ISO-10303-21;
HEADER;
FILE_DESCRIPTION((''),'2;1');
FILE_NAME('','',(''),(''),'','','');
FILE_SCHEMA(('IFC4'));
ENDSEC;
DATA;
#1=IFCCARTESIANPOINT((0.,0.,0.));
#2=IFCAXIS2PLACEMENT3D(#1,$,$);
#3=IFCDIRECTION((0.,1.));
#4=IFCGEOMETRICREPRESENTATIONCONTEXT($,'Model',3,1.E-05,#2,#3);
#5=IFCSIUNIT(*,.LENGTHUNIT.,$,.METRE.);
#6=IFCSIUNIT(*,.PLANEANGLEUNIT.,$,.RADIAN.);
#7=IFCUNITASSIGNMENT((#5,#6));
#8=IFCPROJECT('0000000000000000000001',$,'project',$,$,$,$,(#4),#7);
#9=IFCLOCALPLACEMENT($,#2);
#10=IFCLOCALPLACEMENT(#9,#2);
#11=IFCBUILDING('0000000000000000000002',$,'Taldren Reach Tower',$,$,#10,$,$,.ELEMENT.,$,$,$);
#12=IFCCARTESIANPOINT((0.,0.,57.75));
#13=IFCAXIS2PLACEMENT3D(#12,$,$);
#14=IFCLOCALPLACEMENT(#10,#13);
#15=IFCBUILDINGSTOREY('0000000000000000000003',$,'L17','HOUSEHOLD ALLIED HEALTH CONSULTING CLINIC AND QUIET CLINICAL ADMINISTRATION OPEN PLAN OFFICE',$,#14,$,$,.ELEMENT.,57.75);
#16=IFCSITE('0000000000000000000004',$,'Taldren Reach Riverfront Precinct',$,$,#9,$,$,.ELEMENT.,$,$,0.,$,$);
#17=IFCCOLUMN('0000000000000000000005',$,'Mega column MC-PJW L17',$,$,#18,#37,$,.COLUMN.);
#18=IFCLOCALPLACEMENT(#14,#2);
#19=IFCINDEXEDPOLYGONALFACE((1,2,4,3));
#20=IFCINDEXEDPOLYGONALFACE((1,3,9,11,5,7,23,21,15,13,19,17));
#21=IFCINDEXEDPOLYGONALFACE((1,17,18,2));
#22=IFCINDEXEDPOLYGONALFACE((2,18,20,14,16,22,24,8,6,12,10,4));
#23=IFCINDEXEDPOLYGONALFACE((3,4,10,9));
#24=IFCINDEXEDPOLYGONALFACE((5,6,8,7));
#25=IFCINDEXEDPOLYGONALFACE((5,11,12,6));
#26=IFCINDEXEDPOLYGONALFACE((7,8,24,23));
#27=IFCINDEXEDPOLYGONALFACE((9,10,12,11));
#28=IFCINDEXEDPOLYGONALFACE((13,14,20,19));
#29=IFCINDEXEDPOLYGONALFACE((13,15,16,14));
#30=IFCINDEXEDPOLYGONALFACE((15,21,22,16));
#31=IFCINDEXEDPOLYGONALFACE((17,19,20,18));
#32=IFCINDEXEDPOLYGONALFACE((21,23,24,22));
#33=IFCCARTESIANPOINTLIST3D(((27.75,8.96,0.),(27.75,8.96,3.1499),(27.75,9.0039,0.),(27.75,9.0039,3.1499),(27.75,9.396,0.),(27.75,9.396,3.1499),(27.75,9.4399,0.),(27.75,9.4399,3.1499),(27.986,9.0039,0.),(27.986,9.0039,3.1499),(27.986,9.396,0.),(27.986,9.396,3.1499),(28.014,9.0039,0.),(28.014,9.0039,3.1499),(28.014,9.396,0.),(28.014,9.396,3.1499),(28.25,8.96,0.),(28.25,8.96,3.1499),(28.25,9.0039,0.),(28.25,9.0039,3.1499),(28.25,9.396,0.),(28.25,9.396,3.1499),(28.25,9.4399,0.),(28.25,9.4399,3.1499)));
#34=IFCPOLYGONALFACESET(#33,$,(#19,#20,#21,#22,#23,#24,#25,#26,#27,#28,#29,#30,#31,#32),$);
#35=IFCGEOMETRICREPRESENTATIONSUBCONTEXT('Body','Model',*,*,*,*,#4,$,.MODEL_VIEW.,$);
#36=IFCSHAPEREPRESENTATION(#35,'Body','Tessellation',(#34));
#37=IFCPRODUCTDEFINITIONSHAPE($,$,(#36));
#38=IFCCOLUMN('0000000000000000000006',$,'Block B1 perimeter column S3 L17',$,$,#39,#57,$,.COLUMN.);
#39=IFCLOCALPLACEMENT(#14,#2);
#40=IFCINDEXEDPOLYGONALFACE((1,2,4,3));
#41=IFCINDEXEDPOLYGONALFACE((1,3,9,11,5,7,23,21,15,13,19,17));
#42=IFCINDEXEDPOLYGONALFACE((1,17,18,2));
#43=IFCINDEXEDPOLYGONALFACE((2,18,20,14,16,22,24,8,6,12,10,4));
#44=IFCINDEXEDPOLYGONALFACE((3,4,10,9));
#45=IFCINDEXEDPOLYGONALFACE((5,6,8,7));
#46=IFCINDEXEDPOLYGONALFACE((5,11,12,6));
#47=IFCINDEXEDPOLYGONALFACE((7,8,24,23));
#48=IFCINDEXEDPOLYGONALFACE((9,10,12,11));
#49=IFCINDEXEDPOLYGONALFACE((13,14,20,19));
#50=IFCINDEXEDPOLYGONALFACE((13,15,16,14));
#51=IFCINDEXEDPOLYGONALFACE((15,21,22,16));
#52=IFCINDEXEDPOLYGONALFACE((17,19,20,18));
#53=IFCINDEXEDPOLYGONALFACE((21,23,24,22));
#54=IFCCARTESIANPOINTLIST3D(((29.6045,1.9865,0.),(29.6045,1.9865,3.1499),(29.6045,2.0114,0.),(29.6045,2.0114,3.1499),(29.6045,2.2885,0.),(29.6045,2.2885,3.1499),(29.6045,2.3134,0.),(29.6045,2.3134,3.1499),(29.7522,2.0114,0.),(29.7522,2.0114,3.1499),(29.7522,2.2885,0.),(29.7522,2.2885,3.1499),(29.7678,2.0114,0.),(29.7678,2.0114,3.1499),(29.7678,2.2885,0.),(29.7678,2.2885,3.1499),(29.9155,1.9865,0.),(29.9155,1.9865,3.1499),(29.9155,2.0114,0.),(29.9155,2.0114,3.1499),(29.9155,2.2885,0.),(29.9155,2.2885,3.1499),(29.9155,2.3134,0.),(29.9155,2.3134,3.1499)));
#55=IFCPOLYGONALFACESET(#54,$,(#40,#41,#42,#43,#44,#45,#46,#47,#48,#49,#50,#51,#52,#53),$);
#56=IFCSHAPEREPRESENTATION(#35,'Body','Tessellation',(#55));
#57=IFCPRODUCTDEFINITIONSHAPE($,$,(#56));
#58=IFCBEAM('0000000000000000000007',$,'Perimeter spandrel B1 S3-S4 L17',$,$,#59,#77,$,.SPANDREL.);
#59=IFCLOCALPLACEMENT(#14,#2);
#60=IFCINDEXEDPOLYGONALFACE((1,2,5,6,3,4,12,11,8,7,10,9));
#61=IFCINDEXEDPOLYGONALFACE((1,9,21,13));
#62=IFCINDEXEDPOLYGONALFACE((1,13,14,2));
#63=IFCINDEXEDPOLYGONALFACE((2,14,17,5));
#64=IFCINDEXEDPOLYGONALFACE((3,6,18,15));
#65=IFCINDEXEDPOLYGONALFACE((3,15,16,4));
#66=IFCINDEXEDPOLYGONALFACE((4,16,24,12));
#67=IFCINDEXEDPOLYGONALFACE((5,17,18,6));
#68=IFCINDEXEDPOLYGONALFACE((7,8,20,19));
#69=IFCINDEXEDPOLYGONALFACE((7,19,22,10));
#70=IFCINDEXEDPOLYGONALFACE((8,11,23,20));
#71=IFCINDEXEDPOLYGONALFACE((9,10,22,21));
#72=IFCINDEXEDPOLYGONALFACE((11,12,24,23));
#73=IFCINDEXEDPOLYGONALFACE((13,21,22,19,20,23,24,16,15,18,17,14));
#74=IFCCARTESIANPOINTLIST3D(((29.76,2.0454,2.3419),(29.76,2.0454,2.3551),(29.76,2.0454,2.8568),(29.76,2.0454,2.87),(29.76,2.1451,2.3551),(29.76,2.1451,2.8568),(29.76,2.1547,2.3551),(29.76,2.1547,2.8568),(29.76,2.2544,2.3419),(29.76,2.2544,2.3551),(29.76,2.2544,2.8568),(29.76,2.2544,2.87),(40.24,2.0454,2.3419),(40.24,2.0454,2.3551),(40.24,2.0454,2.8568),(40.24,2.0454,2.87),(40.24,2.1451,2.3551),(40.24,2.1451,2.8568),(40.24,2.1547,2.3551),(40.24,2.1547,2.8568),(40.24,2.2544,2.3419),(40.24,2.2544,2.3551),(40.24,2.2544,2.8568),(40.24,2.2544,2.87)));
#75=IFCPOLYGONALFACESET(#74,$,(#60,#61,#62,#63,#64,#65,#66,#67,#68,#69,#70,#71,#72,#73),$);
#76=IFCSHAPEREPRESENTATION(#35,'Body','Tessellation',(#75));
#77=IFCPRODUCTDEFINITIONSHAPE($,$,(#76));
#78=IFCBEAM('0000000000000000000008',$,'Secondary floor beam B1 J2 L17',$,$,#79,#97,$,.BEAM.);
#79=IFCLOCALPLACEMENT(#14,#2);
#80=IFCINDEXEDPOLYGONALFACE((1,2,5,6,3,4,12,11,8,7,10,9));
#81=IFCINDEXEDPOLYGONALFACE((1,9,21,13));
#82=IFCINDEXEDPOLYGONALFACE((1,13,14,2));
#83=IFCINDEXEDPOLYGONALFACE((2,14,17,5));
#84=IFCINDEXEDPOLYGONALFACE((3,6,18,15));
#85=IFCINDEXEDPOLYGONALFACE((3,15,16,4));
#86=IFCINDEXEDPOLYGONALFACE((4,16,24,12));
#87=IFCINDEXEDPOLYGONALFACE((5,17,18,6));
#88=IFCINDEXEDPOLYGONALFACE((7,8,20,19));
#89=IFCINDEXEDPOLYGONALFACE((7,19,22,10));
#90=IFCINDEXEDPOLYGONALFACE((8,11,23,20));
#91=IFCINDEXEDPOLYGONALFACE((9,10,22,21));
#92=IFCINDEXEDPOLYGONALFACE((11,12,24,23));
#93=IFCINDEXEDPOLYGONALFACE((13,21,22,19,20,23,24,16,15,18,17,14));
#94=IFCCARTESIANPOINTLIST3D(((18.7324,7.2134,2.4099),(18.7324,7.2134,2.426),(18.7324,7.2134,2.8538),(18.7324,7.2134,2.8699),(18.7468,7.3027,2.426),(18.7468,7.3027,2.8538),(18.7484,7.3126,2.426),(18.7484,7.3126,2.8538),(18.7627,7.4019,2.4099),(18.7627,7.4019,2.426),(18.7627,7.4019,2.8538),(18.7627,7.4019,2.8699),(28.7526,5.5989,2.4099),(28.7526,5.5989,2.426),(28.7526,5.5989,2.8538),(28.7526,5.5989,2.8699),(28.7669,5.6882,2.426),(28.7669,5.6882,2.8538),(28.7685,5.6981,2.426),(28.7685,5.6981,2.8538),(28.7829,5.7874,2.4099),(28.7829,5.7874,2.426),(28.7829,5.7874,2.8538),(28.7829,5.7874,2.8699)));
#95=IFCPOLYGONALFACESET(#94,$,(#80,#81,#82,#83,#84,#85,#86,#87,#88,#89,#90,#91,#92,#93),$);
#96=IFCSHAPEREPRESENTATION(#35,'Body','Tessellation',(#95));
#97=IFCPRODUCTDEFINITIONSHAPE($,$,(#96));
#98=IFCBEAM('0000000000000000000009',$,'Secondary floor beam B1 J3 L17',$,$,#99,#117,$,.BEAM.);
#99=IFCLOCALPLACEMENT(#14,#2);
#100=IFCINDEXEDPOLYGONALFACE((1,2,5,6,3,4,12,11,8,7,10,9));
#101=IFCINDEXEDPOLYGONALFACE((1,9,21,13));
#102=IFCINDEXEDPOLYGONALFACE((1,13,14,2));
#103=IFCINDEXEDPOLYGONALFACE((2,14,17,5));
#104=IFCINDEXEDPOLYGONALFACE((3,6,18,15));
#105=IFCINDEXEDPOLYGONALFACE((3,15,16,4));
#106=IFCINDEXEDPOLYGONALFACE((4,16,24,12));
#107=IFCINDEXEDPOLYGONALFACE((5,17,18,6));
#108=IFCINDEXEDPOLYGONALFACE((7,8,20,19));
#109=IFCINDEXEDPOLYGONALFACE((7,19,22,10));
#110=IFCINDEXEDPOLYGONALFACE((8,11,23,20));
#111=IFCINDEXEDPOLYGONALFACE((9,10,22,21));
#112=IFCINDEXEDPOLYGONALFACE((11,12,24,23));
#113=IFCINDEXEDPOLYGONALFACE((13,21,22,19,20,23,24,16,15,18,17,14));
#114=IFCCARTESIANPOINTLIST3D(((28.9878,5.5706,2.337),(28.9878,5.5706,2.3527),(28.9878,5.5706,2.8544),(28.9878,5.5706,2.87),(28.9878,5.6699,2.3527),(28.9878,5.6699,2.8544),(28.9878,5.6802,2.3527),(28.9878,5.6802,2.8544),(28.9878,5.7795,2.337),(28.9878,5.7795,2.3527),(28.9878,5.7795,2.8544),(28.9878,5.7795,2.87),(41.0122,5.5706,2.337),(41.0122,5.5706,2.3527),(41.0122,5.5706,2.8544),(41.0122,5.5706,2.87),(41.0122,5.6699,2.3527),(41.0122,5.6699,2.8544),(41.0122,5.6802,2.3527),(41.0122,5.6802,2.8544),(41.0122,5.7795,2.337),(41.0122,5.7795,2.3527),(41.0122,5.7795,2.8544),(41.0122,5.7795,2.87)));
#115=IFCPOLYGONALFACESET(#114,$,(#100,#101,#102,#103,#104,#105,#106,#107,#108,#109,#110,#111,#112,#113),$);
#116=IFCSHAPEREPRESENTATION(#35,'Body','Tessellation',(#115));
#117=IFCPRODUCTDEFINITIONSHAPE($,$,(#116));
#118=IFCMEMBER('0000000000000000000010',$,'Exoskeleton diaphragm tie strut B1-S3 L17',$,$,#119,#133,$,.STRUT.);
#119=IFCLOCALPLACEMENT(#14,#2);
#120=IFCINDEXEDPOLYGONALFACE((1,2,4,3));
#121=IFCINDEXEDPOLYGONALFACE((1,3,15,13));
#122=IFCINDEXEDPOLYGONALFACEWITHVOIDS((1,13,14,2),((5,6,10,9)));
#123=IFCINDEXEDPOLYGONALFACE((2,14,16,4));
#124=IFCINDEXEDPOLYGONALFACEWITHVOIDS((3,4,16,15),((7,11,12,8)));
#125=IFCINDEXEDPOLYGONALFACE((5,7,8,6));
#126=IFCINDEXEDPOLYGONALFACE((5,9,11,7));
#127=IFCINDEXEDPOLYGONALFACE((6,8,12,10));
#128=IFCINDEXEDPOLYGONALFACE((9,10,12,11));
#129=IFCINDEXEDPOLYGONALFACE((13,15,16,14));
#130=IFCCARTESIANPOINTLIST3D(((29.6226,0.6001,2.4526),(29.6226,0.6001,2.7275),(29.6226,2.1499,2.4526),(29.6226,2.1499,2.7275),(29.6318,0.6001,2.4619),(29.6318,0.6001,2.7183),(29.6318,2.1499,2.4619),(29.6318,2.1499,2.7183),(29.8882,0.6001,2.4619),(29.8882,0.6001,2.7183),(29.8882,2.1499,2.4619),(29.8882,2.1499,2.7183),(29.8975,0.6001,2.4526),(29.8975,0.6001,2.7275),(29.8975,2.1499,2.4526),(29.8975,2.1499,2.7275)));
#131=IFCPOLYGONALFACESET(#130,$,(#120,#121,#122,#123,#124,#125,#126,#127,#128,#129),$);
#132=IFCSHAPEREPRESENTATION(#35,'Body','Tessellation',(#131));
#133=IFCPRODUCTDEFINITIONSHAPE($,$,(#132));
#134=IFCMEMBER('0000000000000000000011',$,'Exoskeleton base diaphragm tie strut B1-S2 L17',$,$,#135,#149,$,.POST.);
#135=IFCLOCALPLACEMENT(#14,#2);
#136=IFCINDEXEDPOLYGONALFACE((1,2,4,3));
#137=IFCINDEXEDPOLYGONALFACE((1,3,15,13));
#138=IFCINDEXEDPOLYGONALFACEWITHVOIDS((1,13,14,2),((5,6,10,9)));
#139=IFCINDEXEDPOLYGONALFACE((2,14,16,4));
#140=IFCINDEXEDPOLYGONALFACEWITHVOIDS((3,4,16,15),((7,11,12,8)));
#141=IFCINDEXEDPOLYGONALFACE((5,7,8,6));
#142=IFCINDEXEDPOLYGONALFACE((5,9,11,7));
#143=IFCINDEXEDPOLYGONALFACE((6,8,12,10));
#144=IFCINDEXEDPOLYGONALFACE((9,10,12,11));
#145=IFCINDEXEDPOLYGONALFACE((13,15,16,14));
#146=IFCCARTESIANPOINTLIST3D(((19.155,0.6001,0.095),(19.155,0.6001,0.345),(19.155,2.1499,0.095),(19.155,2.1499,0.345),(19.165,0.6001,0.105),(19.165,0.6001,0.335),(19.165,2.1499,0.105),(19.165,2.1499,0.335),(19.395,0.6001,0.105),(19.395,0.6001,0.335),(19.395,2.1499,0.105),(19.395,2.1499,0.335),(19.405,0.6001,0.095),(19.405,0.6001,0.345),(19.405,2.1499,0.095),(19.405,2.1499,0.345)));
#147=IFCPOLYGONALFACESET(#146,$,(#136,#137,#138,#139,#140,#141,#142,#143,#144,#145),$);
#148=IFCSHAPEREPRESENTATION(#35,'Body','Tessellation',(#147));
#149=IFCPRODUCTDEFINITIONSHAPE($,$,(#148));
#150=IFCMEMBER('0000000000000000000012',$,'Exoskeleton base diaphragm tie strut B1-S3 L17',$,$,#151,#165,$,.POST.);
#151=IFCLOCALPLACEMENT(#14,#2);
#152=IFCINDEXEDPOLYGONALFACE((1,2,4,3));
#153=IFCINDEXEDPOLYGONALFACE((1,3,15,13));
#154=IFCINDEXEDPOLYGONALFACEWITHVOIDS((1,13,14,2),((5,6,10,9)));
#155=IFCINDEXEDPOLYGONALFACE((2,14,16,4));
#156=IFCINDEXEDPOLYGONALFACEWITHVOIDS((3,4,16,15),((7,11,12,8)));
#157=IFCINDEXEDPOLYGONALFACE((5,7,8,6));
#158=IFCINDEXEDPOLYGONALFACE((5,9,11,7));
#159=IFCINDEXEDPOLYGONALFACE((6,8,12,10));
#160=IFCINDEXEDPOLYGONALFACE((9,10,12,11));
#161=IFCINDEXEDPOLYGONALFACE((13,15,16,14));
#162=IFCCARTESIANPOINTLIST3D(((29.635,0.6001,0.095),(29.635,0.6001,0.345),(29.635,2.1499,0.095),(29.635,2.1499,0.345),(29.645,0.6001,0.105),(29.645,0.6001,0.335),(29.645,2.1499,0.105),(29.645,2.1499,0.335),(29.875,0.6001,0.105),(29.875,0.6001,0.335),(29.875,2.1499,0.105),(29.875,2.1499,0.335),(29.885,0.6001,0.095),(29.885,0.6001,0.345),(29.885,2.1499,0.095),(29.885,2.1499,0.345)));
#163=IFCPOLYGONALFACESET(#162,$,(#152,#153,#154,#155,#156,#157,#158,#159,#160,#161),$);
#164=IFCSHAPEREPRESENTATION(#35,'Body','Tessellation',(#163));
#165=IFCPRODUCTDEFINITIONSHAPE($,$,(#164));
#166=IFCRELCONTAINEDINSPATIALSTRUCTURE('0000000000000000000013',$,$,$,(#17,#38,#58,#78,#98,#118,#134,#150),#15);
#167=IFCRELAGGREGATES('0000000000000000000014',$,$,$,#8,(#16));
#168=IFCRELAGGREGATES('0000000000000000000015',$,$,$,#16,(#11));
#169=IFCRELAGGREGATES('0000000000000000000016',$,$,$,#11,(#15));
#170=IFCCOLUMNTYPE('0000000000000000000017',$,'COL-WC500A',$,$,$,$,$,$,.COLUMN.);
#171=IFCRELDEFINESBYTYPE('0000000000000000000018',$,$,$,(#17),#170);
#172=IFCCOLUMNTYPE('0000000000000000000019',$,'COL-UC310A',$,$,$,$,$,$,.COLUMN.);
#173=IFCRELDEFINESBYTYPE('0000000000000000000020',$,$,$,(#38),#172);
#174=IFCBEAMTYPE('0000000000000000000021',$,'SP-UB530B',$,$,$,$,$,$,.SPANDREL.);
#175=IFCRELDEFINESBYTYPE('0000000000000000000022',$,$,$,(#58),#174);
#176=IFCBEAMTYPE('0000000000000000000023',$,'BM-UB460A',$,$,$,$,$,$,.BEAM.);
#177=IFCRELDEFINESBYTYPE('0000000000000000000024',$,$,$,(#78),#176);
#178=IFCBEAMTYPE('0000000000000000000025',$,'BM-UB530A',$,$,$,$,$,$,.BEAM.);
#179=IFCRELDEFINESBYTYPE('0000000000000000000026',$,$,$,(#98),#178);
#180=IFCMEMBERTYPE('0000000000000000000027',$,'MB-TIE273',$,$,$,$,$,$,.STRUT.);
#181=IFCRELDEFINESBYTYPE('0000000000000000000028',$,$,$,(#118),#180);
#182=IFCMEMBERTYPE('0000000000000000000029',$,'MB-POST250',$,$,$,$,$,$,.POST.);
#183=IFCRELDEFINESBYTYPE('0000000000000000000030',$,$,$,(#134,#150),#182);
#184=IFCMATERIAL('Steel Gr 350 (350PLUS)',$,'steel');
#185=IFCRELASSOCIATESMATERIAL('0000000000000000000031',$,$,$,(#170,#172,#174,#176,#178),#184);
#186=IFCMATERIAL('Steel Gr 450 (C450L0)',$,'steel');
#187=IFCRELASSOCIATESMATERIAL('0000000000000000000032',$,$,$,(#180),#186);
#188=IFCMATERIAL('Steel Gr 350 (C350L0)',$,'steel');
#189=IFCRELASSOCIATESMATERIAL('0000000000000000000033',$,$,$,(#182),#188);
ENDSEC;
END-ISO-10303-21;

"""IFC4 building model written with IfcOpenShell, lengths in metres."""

from ifc_helpers import new_model, si_unit, direction, frame, origin, origin_2d, place, context, subcontext, project, spatial, hollow_rectangle, i_section, extrude, source, transform, mapped, material, material_profile, profile_set, type_object, element, save


model = new_model("IFC4")

# Units and contexts
model_context = context("Model", 3, precision=1e-05, world=origin(), true_north=direction((0.0, 1.0)))
body_context = subcontext(model_context, "Body", "Model", "MODEL_VIEW")
ifc_project = project(units=[si_unit("LENGTHUNIT", "METRE"), si_unit("PLANEANGLEUNIT", "RADIAN")], contexts=[model_context])

# Site, building, storey
site_placement = place(None, origin())
site = spatial("IfcSite", under=ifc_project, at=site_placement, Name="Taldren Reach Riverfront Precinct", CompositionType="ELEMENT", RefElevation=0.0)
building_placement = place(site_placement, origin())
building = spatial("IfcBuilding", under=site, at=building_placement, Name="Taldren Reach Tower", CompositionType="ELEMENT")
storey_placement = place(building_placement, frame((0.0, 0.0, 57.75)))
storey = spatial("IfcBuildingStorey", under=building, at=storey_placement, Name="L17", Description="HOUSEHOLD ALLIED HEALTH CONSULTING CLINIC AND QUIET CLINICAL ADMINISTRATION OPEN PLAN OFFICE", CompositionType="ELEMENT", Elevation=57.75)

# Columns
ifc_material_1 = material(Name="Steel Gr 350 (350PLUS)", Category="steel")
ifc_material_profile_1 = material_profile(ifc_material_1, i_section(OverallWidth=0.5, OverallDepth=0.48, WebThickness=0.0281, FlangeThickness=0.0439, at=origin_2d()), Name="500WC440")
ifc_profile_set_1 = profile_set([ifc_material_profile_1], Name="Steel Gr 350 (350PLUS)")
column_type_1 = type_object("IfcColumnType", Name="COL-WC500A", PredefinedType="COLUMN", material=ifc_profile_set_1)
shared_shape_1 = source(origin(), body_context, "Body", "SweptSolid", [
    extrude(i_section(OverallWidth=0.5, OverallDepth=0.48, WebThickness=0.0281, FlangeThickness=0.0439, at=origin_2d()), origin(), (0.0, 0.0, 1.0), 3.1499),
])
column_1_placement = place(storey_placement, frame((28.0, 9.2, 0.0), z_axis=(0.0, 0.0, 1.0), x_axis=(1.0, 0.0, 0.0)))
element("IfcColumn", 1, at=column_1_placement, inside=storey, type_object=column_type_1, Name="Mega column MC-PJW L17", PredefinedType="COLUMN", context=body_context, shape_type="MappedRepresentation", body=[
    mapped(shared_shape_1, transform((0.0, 0.0, 0.0), scale=1.0)),
])
ifc_material_profile_2 = material_profile(ifc_material_1, i_section(OverallWidth=0.311, OverallDepth=0.3269, WebThickness=0.0156, FlangeThickness=0.0249, at=origin_2d()), Name="310UC158")
ifc_profile_set_2 = profile_set([ifc_material_profile_2], Name="Steel Gr 350 (350PLUS)")
column_type_2 = type_object("IfcColumnType", Name="COL-UC310A", PredefinedType="COLUMN", material=ifc_profile_set_2)
shared_shape_2 = source(origin(), body_context, "Body", "SweptSolid", [
    extrude(i_section(OverallWidth=0.311, OverallDepth=0.3269, WebThickness=0.0156, FlangeThickness=0.0249, at=origin_2d()), origin(), (0.0, 0.0, 1.0), 3.1499),
])
column_2_placement = place(storey_placement, frame((29.76, 2.1499, 0.0), z_axis=(0.0, 0.0, 1.0), x_axis=(1.0, 0.0, 0.0)))
element("IfcColumn", 2, at=column_2_placement, inside=storey, type_object=column_type_2, Name="Block B1 perimeter column S3 L17", PredefinedType="COLUMN", context=body_context, shape_type="MappedRepresentation", body=[
    mapped(shared_shape_2, transform((0.0, 0.0, 0.0), scale=1.0)),
])

# Beams
ifc_material_profile_3 = material_profile(ifc_material_1, i_section(OverallWidth=0.209, OverallDepth=0.5281, WebThickness=0.0095, FlangeThickness=0.0132, at=origin_2d()), Name="530UB82.0")
ifc_profile_set_3 = profile_set([ifc_material_profile_3], Name="Steel Gr 350 (350PLUS)")
beam_type_1 = type_object("IfcBeamType", Name="SP-UB530B", PredefinedType="SPANDREL", material=ifc_profile_set_3)
shared_shape_3 = source(origin(), body_context, "Body", "SweptSolid", [
    extrude(i_section(OverallWidth=0.209, OverallDepth=0.5281, WebThickness=0.0095, FlangeThickness=0.0132, at=origin_2d()), origin(), (0.0, 0.0, 1.0), 10.48),
])
beam_1_placement = place(storey_placement, frame((29.76, 2.1499, 2.606), z_axis=(1.0, 0.0, 0.0), x_axis=(0.0, 1.0, 0.0)))
element("IfcBeam", 3, at=beam_1_placement, inside=storey, type_object=beam_type_1, Name="Perimeter spandrel B1 S3-S4 L17", PredefinedType="SPANDREL", context=body_context, shape_type="MappedRepresentation", body=[
    mapped(shared_shape_3, transform((0.0, 0.0, 0.0), scale=1.0)),
])
ifc_material_profile_4 = material_profile(ifc_material_1, i_section(OverallWidth=0.1909, OverallDepth=0.46, WebThickness=0.01, FlangeThickness=0.0161, at=origin_2d()), Name="460UB82.1")
ifc_profile_set_4 = profile_set([ifc_material_profile_4], Name="Steel Gr 350 (350PLUS)")
beam_type_2 = type_object("IfcBeamType", Name="BM-UB460A", PredefinedType="BEAM", material=ifc_profile_set_4)
shared_shape_4 = source(origin(), body_context, "Body", "SweptSolid", [
    extrude(i_section(OverallWidth=0.1909, OverallDepth=0.46, WebThickness=0.01, FlangeThickness=0.0161, at=origin_2d()), origin(), (0.0, 0.0, 1.0), 10.1494),
])
beam_2_placement = place(storey_placement, frame((18.7476, 7.3076, 2.6399), z_axis=(0.987267, -0.159072, 0.0), x_axis=(0.159072, 0.987267, 0.0)))
element("IfcBeam", 4, at=beam_2_placement, inside=storey, type_object=beam_type_2, Name="Secondary floor beam B1 J2 L17", PredefinedType="BEAM", context=body_context, shape_type="MappedRepresentation", body=[
    mapped(shared_shape_4, transform((0.0, 0.0, 0.0), scale=1.0)),
])
ifc_material_profile_5 = material_profile(ifc_material_1, i_section(OverallWidth=0.209, OverallDepth=0.533, WebThickness=0.0103, FlangeThickness=0.0156, at=origin_2d()), Name="530UB92.4")
ifc_profile_set_5 = profile_set([ifc_material_profile_5], Name="Steel Gr 350 (350PLUS)")
beam_type_3 = type_object("IfcBeamType", Name="BM-UB530A", PredefinedType="BEAM", material=ifc_profile_set_5)
shared_shape_5 = source(origin(), body_context, "Body", "SweptSolid", [
    extrude(i_section(OverallWidth=0.209, OverallDepth=0.533, WebThickness=0.0103, FlangeThickness=0.0156, at=origin_2d()), origin(), (0.0, 0.0, 1.0), 12.0244),
])
beam_3_placement = place(storey_placement, frame((28.9878, 5.675, 2.6035), z_axis=(1.0, 0.0, 0.0), x_axis=(0.0, 1.0, 0.0)))
element("IfcBeam", 5, at=beam_3_placement, inside=storey, type_object=beam_type_3, Name="Secondary floor beam B1 J3 L17", PredefinedType="BEAM", context=body_context, shape_type="MappedRepresentation", body=[
    mapped(shared_shape_5, transform((0.0, 0.0, 0.0), scale=1.0)),
])

# Members
ifc_material_2 = material(Name="Steel Gr 450 (C450L0)", Category="steel")
ifc_material_profile_6 = material_profile(ifc_material_2, hollow_rectangle(XDim=0.2749, YDim=0.2749, WallThickness=0.0093, at=origin_2d()), Name="275x275x9.3SHS")
ifc_profile_set_6 = profile_set([ifc_material_profile_6], Name="Steel Gr 450 (C450L0)")
member_type_1 = type_object("IfcMemberType", Name="MB-TIE273", PredefinedType="STRUT", material=ifc_profile_set_6)
shared_shape_6 = source(origin(), body_context, "Body", "SweptSolid", [
    extrude(hollow_rectangle(XDim=0.2749, YDim=0.2749, WallThickness=0.0093, at=origin_2d()), origin(), (0.0, 0.0, 1.0), 1.5498),
])
member_placement = place(storey_placement, frame((29.76, 2.1499, 2.5901), z_axis=(0.0, -1.0, 0.0), x_axis=(1.0, 0.0, 0.0)))
element("IfcMember", 6, at=member_placement, inside=storey, type_object=member_type_1, Name="Exoskeleton diaphragm tie strut B1-S3 L17", PredefinedType="STRUT", context=body_context, shape_type="MappedRepresentation", body=[
    mapped(shared_shape_6, transform((0.0, 0.0, 0.0), scale=1.0)),
])
ifc_material_3 = material(Name="Steel Gr 350 (C350L0)", Category="steel")
ifc_material_profile_7 = material_profile(ifc_material_3, hollow_rectangle(XDim=0.25, YDim=0.25, WallThickness=0.01, at=origin_2d()), Name="250x250x10.0SHS")
ifc_profile_set_7 = profile_set([ifc_material_profile_7], Name="Steel Gr 350 (C350L0)")
member_type_2 = type_object("IfcMemberType", Name="MB-POST250", PredefinedType="POST", material=ifc_profile_set_7)
shared_shape_7 = source(origin(), body_context, "Body", "SweptSolid", [
    extrude(hollow_rectangle(XDim=0.25, YDim=0.25, WallThickness=0.01, at=origin_2d()), origin(), (0.0, 0.0, 1.0), 1.5498),
])
for number, where, z_axis, x_axis, name in (
    (7, (19.28, 2.1499, 0.22), (0.0, -1.0, 0.0), (1.0, 0.0, 0.0), "Exoskeleton base diaphragm tie strut B1-S2 L17"),
    (8, (29.76, 2.1499, 0.22), (0.0, -1.0, 0.0), (1.0, 0.0, 0.0), "Exoskeleton base diaphragm tie strut B1-S3 L17"),
):
    element("IfcMember", number, at=place(storey_placement, frame(where, z_axis=z_axis, x_axis=x_axis)), inside=storey, type_object=member_type_2, Name=name, PredefinedType="POST", context=body_context, shape_type="MappedRepresentation", body=[
        mapped(shared_shape_7, transform((0.0, 0.0, 0.0), scale=1.0)),
    ])

save(model, "model.ifc")
